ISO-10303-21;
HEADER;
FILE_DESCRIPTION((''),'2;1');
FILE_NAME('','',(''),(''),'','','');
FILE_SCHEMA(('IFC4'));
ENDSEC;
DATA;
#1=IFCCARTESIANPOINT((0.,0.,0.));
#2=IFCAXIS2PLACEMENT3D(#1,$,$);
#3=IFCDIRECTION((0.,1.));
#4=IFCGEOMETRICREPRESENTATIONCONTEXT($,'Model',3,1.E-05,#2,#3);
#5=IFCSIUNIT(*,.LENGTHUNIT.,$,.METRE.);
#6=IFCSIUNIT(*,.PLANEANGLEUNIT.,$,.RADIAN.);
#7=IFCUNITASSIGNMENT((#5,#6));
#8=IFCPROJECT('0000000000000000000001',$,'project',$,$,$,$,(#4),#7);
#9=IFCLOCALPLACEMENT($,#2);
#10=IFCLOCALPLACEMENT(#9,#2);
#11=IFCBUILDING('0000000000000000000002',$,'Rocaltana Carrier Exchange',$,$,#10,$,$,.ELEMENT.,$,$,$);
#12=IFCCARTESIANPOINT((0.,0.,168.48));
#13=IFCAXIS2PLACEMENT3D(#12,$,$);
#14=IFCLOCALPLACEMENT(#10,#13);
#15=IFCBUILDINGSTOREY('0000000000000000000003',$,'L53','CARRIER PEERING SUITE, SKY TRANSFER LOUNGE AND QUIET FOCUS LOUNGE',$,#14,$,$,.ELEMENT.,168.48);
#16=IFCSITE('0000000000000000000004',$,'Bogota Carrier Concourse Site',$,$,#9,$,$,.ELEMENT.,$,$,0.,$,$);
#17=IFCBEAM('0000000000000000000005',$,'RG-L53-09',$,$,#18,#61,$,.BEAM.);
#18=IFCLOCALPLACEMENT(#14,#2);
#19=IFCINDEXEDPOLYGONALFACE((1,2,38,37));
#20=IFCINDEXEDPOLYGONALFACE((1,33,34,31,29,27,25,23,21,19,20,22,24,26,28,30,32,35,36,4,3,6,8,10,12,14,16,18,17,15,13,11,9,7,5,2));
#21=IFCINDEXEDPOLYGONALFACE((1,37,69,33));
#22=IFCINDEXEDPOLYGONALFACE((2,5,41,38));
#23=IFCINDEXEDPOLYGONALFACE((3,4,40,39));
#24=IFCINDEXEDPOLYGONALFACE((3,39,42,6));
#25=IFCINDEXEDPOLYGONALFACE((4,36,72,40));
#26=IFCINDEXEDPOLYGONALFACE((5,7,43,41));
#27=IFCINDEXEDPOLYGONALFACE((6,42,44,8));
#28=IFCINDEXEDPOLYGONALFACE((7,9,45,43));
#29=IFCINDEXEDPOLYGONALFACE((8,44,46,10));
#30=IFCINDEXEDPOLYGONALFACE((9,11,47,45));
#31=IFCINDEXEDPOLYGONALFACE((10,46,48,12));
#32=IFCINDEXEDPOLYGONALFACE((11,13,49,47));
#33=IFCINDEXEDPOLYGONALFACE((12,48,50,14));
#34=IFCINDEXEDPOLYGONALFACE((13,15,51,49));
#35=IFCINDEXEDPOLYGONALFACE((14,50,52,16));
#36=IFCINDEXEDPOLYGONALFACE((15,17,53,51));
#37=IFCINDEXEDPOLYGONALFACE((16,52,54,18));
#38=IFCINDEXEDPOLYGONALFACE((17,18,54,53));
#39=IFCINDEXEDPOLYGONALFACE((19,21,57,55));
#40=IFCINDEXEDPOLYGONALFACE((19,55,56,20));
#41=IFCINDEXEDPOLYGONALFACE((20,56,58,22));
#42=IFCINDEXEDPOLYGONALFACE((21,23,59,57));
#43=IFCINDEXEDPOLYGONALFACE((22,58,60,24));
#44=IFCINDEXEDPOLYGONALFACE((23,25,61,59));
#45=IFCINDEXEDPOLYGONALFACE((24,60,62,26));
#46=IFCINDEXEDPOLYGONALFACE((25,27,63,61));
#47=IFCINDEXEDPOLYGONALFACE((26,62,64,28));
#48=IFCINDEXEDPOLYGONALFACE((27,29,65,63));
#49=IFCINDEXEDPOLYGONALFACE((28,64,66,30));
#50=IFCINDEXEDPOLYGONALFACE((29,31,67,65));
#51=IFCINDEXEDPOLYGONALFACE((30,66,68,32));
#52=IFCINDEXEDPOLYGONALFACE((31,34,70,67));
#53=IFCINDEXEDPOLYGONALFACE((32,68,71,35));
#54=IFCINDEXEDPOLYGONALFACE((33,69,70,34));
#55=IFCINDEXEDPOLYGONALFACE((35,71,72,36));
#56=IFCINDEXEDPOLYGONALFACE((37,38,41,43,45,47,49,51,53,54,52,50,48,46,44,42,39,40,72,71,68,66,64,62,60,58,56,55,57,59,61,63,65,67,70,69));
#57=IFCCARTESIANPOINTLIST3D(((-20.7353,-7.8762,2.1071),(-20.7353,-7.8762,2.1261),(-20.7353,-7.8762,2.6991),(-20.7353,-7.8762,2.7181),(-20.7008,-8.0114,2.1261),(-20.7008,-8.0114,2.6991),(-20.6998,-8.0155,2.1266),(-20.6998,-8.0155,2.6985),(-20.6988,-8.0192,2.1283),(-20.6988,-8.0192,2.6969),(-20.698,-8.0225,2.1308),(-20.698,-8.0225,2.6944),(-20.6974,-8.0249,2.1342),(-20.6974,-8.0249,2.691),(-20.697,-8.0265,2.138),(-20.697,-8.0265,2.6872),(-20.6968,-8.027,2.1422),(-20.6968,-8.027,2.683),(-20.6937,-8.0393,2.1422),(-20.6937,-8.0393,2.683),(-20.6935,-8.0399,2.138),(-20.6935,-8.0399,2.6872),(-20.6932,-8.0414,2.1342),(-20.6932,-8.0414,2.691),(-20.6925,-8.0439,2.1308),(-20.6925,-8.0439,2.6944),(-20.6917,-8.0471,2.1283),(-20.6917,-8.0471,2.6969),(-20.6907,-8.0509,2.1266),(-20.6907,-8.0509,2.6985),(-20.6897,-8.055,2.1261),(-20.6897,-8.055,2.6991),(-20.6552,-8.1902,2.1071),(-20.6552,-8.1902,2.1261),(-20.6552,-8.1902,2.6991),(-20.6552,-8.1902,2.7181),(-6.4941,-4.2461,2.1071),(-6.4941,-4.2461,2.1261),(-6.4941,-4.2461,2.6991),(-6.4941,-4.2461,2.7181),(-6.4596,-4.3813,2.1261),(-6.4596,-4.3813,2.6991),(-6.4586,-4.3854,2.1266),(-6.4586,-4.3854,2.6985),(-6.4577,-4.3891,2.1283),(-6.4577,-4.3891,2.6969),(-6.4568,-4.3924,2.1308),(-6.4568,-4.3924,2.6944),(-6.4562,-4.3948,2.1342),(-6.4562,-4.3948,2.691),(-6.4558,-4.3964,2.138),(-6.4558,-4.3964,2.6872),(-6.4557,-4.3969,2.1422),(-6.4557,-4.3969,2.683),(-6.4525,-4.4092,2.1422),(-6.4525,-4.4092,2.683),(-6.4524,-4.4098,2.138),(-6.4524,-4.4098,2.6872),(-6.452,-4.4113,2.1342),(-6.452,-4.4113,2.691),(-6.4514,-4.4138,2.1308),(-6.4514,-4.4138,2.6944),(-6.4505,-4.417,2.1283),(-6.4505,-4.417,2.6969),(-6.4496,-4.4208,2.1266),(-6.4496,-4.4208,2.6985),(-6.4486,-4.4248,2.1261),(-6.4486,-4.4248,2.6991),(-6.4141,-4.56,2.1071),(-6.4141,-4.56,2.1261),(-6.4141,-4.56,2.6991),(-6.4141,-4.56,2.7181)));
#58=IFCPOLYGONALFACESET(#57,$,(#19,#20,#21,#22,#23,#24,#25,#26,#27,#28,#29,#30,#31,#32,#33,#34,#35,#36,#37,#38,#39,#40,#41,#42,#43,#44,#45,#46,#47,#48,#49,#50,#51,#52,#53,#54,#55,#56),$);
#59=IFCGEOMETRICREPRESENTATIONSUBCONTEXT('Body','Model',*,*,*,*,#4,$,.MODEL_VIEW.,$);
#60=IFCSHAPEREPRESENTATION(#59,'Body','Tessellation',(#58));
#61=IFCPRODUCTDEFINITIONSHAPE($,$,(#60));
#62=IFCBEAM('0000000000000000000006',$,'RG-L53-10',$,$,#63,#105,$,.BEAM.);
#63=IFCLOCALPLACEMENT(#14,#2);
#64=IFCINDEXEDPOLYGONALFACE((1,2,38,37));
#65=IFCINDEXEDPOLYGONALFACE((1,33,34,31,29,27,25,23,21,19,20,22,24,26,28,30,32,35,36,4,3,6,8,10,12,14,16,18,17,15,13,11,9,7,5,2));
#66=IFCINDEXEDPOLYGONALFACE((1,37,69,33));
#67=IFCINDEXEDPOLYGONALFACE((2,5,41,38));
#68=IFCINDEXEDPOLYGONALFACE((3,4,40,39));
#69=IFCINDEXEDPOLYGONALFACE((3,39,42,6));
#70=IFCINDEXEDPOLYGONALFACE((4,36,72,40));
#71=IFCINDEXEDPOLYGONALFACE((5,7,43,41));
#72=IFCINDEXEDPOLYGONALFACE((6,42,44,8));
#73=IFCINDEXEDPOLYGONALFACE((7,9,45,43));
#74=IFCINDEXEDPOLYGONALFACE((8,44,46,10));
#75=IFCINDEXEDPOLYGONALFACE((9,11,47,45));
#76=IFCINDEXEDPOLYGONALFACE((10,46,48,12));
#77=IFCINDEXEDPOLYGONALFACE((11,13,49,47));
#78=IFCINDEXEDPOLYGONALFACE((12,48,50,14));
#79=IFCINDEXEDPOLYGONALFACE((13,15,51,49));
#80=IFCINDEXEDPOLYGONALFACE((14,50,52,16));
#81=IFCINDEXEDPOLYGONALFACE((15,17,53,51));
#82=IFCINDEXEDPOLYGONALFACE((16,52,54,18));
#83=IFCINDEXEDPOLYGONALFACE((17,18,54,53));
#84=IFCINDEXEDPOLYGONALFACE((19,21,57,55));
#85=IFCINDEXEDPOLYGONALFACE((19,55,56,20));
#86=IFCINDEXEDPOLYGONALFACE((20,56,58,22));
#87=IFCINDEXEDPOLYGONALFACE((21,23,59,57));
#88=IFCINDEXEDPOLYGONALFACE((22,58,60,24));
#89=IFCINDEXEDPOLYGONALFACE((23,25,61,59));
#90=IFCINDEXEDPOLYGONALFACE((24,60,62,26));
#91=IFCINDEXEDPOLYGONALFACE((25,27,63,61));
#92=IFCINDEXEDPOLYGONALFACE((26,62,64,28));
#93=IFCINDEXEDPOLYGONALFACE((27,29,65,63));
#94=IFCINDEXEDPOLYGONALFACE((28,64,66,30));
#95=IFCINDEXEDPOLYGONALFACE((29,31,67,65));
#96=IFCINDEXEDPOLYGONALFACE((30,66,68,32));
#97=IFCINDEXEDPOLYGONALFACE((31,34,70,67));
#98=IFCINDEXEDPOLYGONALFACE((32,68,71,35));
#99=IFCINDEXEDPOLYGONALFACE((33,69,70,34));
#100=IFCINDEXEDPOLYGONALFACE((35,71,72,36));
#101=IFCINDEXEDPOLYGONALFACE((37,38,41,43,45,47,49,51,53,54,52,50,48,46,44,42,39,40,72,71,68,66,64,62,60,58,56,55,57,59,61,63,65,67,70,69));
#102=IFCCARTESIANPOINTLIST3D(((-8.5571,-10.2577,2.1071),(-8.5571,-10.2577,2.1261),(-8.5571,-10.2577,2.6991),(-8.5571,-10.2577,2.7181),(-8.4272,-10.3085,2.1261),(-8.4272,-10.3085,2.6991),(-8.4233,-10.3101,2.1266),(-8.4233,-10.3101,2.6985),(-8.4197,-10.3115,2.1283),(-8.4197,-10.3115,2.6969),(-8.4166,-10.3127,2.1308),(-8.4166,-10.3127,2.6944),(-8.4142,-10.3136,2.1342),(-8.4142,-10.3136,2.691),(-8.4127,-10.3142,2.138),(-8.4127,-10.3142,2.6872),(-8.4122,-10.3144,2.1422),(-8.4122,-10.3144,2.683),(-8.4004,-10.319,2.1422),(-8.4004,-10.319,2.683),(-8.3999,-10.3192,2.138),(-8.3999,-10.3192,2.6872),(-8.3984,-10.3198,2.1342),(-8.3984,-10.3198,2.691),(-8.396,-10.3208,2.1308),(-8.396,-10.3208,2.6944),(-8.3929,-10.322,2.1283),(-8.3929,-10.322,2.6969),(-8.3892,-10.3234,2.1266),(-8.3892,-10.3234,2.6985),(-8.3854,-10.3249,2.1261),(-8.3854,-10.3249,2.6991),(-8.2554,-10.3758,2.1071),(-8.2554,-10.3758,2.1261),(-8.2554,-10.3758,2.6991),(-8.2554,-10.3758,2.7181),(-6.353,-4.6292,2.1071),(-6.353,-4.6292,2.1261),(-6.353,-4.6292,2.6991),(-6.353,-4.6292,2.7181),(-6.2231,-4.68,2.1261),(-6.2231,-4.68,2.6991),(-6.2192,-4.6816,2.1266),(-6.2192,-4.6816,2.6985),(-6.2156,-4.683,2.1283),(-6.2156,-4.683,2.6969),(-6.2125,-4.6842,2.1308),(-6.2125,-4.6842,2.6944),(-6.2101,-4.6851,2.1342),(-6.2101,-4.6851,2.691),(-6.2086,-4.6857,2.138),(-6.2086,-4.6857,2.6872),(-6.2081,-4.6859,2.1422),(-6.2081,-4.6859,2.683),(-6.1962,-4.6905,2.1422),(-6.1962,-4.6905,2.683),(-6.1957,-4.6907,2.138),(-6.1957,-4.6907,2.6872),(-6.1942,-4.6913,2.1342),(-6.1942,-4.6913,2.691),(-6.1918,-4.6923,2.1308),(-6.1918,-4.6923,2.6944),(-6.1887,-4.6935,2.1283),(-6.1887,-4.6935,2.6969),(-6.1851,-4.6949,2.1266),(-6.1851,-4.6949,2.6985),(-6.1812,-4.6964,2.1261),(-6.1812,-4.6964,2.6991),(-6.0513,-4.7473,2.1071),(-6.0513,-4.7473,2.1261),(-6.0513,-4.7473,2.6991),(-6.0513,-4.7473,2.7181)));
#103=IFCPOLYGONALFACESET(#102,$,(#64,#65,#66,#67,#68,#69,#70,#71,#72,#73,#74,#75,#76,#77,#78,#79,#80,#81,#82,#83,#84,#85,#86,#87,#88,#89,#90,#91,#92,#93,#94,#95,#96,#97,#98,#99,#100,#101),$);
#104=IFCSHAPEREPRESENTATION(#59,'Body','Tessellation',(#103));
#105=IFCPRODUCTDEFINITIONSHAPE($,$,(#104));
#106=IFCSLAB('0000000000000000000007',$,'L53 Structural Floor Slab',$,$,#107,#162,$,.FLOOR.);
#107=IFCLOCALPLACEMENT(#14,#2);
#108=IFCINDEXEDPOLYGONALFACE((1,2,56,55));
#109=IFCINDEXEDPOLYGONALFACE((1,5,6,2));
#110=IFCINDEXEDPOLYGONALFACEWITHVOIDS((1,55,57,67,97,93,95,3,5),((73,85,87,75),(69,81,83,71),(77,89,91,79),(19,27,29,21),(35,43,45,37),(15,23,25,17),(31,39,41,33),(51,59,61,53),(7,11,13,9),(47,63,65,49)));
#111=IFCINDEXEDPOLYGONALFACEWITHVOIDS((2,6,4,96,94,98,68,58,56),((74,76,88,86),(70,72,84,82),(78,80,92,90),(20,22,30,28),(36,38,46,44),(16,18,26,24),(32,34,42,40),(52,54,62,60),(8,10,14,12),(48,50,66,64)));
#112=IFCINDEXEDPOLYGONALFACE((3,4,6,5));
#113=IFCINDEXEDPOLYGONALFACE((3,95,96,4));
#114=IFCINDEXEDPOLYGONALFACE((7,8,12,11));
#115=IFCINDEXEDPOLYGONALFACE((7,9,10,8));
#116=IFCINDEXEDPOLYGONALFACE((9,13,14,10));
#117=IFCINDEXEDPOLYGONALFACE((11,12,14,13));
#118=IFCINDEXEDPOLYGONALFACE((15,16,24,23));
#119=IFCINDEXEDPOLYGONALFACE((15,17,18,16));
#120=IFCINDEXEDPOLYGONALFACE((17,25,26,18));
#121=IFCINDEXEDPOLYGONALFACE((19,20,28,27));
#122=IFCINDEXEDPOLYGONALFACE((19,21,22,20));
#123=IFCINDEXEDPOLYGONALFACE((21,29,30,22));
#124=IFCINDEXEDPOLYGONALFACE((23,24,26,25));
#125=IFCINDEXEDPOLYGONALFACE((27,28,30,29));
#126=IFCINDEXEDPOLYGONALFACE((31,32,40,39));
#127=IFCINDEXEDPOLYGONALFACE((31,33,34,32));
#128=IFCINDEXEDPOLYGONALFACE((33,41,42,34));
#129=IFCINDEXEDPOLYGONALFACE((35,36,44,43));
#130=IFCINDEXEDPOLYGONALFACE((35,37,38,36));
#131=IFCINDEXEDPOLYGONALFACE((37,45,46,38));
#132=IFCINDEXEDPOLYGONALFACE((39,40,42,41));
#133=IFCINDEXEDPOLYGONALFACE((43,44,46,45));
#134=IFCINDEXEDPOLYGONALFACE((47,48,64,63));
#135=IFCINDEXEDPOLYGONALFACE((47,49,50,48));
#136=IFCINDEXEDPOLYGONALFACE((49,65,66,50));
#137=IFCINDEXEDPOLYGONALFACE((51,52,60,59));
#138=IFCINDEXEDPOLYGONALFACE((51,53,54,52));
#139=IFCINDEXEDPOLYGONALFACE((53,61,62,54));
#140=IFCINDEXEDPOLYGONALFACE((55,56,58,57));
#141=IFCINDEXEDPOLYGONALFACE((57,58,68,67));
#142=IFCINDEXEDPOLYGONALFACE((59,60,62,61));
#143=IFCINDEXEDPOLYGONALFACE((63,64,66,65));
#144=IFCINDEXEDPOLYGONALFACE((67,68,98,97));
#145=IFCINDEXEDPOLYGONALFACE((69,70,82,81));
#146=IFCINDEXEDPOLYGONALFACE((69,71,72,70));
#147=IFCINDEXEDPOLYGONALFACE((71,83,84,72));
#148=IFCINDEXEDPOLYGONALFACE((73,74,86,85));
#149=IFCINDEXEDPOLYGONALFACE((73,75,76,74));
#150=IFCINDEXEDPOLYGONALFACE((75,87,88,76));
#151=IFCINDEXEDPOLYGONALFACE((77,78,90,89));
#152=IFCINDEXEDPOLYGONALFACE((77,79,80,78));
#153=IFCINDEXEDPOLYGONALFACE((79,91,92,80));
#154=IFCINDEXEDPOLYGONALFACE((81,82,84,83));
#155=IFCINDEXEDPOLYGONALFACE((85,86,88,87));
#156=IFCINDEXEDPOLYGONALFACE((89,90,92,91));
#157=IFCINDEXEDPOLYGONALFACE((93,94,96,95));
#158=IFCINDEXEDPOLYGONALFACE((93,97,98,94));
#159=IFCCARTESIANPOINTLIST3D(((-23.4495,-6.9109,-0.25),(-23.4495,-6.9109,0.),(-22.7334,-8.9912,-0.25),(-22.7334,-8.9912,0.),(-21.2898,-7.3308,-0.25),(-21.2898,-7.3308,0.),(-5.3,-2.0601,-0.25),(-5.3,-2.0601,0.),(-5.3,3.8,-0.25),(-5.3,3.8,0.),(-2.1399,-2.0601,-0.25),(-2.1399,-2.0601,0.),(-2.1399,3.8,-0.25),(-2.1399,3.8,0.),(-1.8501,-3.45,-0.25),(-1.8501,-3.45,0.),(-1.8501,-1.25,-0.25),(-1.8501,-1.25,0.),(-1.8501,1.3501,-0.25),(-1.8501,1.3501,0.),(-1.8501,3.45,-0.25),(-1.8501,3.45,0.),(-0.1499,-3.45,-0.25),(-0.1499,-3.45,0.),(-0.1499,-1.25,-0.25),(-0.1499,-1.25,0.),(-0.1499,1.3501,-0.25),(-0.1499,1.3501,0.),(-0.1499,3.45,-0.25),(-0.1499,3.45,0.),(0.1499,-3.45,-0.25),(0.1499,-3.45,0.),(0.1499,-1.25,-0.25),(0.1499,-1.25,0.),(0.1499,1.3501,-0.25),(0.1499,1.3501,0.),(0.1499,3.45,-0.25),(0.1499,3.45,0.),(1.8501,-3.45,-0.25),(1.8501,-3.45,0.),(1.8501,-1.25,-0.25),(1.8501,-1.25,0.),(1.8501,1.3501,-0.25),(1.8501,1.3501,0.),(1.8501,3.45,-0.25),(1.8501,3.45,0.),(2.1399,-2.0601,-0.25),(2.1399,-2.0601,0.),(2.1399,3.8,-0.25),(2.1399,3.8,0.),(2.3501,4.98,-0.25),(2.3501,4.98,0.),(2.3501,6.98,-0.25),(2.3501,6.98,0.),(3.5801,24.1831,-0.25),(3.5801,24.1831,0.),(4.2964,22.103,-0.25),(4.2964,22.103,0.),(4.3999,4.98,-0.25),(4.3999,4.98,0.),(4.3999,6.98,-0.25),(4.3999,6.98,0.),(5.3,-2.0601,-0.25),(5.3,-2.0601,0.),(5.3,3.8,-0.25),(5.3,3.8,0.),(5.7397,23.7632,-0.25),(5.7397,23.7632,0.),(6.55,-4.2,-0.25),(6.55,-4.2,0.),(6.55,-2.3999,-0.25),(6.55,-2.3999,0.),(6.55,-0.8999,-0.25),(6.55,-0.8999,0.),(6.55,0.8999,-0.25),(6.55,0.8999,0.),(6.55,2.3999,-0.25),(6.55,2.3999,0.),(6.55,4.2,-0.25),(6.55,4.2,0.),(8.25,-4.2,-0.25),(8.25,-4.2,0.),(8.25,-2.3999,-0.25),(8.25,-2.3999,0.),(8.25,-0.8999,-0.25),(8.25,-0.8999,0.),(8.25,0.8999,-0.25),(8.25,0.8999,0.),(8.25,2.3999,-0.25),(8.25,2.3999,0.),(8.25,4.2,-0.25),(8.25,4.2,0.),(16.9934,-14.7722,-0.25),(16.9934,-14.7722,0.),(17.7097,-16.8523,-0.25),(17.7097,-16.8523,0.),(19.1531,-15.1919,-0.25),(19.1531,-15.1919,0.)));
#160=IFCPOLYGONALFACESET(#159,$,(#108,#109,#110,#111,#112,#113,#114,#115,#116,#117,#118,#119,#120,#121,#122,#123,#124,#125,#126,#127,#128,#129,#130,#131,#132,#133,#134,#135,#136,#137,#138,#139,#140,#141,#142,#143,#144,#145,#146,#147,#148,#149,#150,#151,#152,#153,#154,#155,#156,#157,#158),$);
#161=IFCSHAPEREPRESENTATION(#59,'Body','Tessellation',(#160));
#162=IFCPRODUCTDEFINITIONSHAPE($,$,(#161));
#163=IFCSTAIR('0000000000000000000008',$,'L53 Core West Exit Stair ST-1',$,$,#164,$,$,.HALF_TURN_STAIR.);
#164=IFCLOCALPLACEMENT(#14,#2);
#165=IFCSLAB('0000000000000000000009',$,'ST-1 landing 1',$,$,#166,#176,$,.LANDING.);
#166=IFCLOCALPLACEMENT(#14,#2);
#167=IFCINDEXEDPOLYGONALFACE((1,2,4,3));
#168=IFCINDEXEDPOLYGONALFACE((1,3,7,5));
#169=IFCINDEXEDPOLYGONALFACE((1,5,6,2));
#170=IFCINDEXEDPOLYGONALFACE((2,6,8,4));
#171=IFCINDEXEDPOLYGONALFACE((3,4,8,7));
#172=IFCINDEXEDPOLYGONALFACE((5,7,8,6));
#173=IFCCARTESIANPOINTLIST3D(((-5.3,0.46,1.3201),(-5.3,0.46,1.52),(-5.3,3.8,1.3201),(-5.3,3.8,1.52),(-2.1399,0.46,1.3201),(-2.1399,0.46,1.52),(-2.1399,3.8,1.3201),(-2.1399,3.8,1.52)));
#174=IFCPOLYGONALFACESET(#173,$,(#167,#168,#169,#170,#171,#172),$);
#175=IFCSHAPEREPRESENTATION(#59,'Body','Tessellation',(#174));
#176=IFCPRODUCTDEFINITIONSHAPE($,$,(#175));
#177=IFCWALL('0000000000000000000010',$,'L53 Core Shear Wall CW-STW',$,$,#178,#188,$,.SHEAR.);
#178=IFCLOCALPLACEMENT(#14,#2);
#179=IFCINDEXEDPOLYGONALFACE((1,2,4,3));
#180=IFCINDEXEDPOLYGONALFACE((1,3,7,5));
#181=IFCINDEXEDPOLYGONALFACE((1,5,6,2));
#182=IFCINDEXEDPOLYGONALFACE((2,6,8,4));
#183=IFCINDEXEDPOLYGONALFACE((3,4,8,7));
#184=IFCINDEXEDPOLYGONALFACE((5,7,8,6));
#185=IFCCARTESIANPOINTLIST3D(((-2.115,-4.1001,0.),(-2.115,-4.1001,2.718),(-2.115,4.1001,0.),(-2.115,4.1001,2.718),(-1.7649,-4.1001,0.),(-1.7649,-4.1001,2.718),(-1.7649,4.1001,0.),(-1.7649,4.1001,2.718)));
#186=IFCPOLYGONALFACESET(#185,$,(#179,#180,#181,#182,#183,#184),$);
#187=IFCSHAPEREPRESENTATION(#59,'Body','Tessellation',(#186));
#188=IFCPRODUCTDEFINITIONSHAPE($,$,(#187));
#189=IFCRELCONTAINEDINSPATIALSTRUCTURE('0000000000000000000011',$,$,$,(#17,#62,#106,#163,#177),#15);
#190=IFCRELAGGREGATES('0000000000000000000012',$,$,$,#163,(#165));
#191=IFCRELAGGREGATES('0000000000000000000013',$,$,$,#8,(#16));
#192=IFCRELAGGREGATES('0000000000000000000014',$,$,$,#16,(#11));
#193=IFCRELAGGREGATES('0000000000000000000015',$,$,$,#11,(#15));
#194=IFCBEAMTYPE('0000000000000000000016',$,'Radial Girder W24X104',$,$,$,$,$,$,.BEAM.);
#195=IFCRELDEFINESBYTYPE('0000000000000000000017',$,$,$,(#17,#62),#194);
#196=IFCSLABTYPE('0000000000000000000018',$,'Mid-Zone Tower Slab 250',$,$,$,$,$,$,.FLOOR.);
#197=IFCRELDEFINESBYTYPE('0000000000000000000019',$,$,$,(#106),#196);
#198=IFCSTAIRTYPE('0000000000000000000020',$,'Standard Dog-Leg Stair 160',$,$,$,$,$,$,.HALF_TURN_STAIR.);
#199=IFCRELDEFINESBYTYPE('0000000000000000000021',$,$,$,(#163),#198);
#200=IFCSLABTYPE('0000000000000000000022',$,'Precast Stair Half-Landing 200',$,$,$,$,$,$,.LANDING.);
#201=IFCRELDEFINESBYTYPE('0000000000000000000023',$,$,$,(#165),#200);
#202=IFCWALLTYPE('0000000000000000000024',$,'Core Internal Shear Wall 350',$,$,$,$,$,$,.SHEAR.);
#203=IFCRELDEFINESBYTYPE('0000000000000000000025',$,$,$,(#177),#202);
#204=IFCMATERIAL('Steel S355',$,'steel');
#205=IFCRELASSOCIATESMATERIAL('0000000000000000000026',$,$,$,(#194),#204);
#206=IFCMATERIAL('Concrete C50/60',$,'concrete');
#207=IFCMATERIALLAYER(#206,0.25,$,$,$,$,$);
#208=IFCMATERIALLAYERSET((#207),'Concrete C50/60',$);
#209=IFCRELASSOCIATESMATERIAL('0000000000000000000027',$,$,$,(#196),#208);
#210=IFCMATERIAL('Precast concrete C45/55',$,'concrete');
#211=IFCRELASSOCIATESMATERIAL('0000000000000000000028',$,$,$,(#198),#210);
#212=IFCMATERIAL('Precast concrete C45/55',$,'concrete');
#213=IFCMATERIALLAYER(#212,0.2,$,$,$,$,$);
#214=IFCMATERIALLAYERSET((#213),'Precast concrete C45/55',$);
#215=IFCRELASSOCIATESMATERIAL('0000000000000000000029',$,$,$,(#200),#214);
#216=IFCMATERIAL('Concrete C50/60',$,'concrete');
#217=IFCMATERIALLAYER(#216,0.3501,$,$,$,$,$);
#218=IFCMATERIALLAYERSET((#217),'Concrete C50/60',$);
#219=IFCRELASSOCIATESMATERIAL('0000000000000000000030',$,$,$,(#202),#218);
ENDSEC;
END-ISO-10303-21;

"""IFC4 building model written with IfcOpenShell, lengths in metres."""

from ifc_helpers import new_model, si_unit, direction, frame, frame_2d, origin, origin_2d, place, context, subcontext, project, spatial, polyline, rectangle, i_section, outline, extrude, material, layer, layer_set, material_profile, profile_set, type_object, element, aggregate, save


model = new_model("IFC4")

# Units and contexts
model_context = context("Model", 3, precision=1e-05, world=origin(), true_north=direction((0.0, 1.0)))
body_context = subcontext(model_context, "Body", "Model", "MODEL_VIEW")
ifc_project = project(units=[si_unit("LENGTHUNIT", "METRE"), si_unit("PLANEANGLEUNIT", "RADIAN")], contexts=[model_context])

# Site, building, storey
site_placement = place(None, origin())
site = spatial("IfcSite", under=ifc_project, at=site_placement, Name="Bogota Carrier Concourse Site", CompositionType="ELEMENT", RefElevation=0.0)
building_placement = place(site_placement, origin())
building = spatial("IfcBuilding", under=site, at=building_placement, Name="Rocaltana Carrier Exchange", CompositionType="ELEMENT")
storey_placement = place(building_placement, frame((0.0, 0.0, 168.48)))
storey = spatial("IfcBuildingStorey", under=building, at=storey_placement, Name="L53", Description="CARRIER PEERING SUITE, SKY TRANSFER LOUNGE AND QUIET FOCUS LOUNGE", CompositionType="ELEMENT", Elevation=168.48)

# Beams
ifc_material_1 = material(Name="Steel S355", Category="steel")
ifc_material_profile_1 = material_profile(ifc_material_1, i_section(OverallWidth=0.324, OverallDepth=0.6111, WebThickness=0.0127, FlangeThickness=0.019, FilletRadius=0.0161, at=origin_2d()), Name="W24X104")
ifc_profile_set_1 = profile_set([ifc_material_profile_1], Name="Steel S355")
beam_type = type_object("IfcBeamType", Name="Radial Girder W24X104", PredefinedType="BEAM", material=ifc_profile_set_1)
beam_1_placement = place(storey_placement, frame((-6.4541, -4.4031, 2.4126), z_axis=(-0.969014, -0.247005, 0.0), x_axis=(0.247005, -0.969014, 0.0)))
element("IfcBeam", 1, at=beam_1_placement, inside=storey, type_object=beam_type, Name="RG-L53-09", PredefinedType="BEAM", context=body_context, shape_type="SweptSolid", body=[
    extrude(i_section(OverallWidth=0.324, OverallDepth=0.6111, WebThickness=0.0127, FlangeThickness=0.019, FilletRadius=0.0161, at=origin_2d()), origin(), (0.0, 0.0, 1.0), 14.6965),
])
beam_2_placement = place(storey_placement, frame((-6.2021, -4.6882, 2.4126), z_axis=(-0.36464, -0.931149, 0.0), x_axis=(0.931149, -0.36464, 0.0)))
element("IfcBeam", 2, at=beam_2_placement, inside=storey, type_object=beam_type, Name="RG-L53-10", PredefinedType="BEAM", context=body_context, shape_type="SweptSolid", body=[
    extrude(i_section(OverallWidth=0.324, OverallDepth=0.6111, WebThickness=0.0127, FlangeThickness=0.019, FilletRadius=0.0161, at=origin_2d()), origin(), (0.0, 0.0, 1.0), 6.0447),
])

# Slab
ifc_material_2 = material(Name="Concrete C50/60", Category="concrete")
ifc_layer_1 = layer(ifc_material_2, 0.25)
ifc_layer_set_1 = layer_set([ifc_layer_1], Name="Concrete C50/60")
slab_type_1 = type_object("IfcSlabType", Name="Mid-Zone Tower Slab 250", PredefinedType="FLOOR", material=ifc_layer_set_1)
slab_1_placement = place(storey_placement, frame((0.0, 0.0, -0.25)))
element("IfcSlab", 3, at=slab_1_placement, inside=storey, type_object=slab_type_1, Name="L53 Structural Floor Slab", PredefinedType="FLOOR", context=body_context, shape_type="SweptSolid", body=[
    extrude(outline(polyline([(17.7097, -16.8523), (16.9934, -14.7722), (19.1531, -15.1919), (5.7397, 23.7632), (4.2964, 22.103), (3.5801, 24.1831), (-23.4495, -6.9109), (-21.2898, -7.3308), (-22.7334, -8.9912), (17.7097, -16.8523)]), holes=[polyline([(-5.3, -2.0601), (-2.1399, -2.0601), (-2.1399, 3.8), (-5.3, 3.8), (-5.3, -2.0601)]), polyline([(2.1399, -2.0601), (5.3, -2.0601), (5.3, 3.8), (2.1399, 3.8), (2.1399, -2.0601)]), polyline([(-1.8501, -3.45), (-0.1499, -3.45), (-0.1499, -1.25), (-1.8501, -1.25), (-1.8501, -3.45)]), polyline([(0.1499, -3.45), (1.8501, -3.45), (1.8501, -1.25), (0.1499, -1.25), (0.1499, -3.45)]), polyline([(2.3501, 4.98), (4.3999, 4.98), (4.3999, 6.98), (2.3501, 6.98), (2.3501, 4.98)]), polyline([(-1.8501, 1.3501), (-0.1499, 1.3501), (-0.1499, 3.45), (-1.8501, 3.45), (-1.8501, 1.3501)]), polyline([(0.1499, 1.3501), (1.8501, 1.3501), (1.8501, 3.45), (0.1499, 3.45), (0.1499, 1.3501)]), polyline([(6.55, -4.2), (8.25, -4.2), (8.25, -2.3999), (6.55, -2.3999), (6.55, -4.2)]), polyline([(6.55, -0.8999), (8.25, -0.8999), (8.25, 0.8999), (6.55, 0.8999), (6.55, -0.8999)]), polyline([(6.55, 2.3999), (8.25, 2.3999), (8.25, 4.2), (6.55, 4.2), (6.55, 2.3999)])]), origin(), (0.0, 0.0, 1.0), 0.25),
])

# Stair, slab
ifc_material_3 = material(Name="Precast concrete C45/55", Category="concrete")
stair_type = type_object("IfcStairType", Name="Standard Dog-Leg Stair 160", PredefinedType="HALF_TURN_STAIR", material=ifc_material_3)
stair_placement = place(storey_placement, origin())
stair = element("IfcStair", 4, at=stair_placement, inside=storey, type_object=stair_type, Name="L53 Core West Exit Stair ST-1", PredefinedType="HALF_TURN_STAIR")
ifc_material_4 = material(Name="Precast concrete C45/55", Category="concrete")
ifc_layer_2 = layer(ifc_material_4, 0.2)
ifc_layer_set_2 = layer_set([ifc_layer_2], Name="Precast concrete C45/55")
slab_type_2 = type_object("IfcSlabType", Name="Precast Stair Half-Landing 200", PredefinedType="LANDING", material=ifc_layer_set_2)
slab_2_placement = place(storey_placement, frame((0.0, 0.0, 1.3201)))
slab_2 = element("IfcSlab", 5, at=slab_2_placement, type_object=slab_type_2, Name="ST-1 landing 1", PredefinedType="LANDING", context=body_context, shape_type="SweptSolid", body=[
    extrude(outline(polyline([(-2.1399, 0.46), (-2.1399, 3.8), (-5.3, 3.8), (-5.3, 0.46), (-2.1399, 0.46)])), origin(), (0.0, 0.0, 1.0), 0.2),
])

# Wall
ifc_material_5 = material(Name="Concrete C50/60", Category="concrete")
ifc_layer_3 = layer(ifc_material_5, 0.3501)
ifc_layer_set_3 = layer_set([ifc_layer_3], Name="Concrete C50/60")
wall_type_1 = type_object("IfcWallType", Name="Core Internal Shear Wall 350", PredefinedType="SHEAR", material=ifc_layer_set_3)
wall_1_placement = place(storey_placement, frame((-1.9399, -4.1001, 0.0), z_axis=(0.0, 0.0, 1.0), x_axis=(0.0, 1.0, 0.0)))
element("IfcWall", 6, at=wall_1_placement, inside=storey, type_object=wall_type_1, Name="L53 Core Shear Wall CW-STW", PredefinedType="SHEAR", context=body_context, shape_type="SweptSolid", body=[
    extrude(rectangle(XDim=8.2002, YDim=0.3501, at=frame_2d((4.1001, 0.0))), origin(), (0.0, 0.0, 1.0), 2.718),
])

aggregate(stair, [slab_2])

save(model, "model.ifc")
